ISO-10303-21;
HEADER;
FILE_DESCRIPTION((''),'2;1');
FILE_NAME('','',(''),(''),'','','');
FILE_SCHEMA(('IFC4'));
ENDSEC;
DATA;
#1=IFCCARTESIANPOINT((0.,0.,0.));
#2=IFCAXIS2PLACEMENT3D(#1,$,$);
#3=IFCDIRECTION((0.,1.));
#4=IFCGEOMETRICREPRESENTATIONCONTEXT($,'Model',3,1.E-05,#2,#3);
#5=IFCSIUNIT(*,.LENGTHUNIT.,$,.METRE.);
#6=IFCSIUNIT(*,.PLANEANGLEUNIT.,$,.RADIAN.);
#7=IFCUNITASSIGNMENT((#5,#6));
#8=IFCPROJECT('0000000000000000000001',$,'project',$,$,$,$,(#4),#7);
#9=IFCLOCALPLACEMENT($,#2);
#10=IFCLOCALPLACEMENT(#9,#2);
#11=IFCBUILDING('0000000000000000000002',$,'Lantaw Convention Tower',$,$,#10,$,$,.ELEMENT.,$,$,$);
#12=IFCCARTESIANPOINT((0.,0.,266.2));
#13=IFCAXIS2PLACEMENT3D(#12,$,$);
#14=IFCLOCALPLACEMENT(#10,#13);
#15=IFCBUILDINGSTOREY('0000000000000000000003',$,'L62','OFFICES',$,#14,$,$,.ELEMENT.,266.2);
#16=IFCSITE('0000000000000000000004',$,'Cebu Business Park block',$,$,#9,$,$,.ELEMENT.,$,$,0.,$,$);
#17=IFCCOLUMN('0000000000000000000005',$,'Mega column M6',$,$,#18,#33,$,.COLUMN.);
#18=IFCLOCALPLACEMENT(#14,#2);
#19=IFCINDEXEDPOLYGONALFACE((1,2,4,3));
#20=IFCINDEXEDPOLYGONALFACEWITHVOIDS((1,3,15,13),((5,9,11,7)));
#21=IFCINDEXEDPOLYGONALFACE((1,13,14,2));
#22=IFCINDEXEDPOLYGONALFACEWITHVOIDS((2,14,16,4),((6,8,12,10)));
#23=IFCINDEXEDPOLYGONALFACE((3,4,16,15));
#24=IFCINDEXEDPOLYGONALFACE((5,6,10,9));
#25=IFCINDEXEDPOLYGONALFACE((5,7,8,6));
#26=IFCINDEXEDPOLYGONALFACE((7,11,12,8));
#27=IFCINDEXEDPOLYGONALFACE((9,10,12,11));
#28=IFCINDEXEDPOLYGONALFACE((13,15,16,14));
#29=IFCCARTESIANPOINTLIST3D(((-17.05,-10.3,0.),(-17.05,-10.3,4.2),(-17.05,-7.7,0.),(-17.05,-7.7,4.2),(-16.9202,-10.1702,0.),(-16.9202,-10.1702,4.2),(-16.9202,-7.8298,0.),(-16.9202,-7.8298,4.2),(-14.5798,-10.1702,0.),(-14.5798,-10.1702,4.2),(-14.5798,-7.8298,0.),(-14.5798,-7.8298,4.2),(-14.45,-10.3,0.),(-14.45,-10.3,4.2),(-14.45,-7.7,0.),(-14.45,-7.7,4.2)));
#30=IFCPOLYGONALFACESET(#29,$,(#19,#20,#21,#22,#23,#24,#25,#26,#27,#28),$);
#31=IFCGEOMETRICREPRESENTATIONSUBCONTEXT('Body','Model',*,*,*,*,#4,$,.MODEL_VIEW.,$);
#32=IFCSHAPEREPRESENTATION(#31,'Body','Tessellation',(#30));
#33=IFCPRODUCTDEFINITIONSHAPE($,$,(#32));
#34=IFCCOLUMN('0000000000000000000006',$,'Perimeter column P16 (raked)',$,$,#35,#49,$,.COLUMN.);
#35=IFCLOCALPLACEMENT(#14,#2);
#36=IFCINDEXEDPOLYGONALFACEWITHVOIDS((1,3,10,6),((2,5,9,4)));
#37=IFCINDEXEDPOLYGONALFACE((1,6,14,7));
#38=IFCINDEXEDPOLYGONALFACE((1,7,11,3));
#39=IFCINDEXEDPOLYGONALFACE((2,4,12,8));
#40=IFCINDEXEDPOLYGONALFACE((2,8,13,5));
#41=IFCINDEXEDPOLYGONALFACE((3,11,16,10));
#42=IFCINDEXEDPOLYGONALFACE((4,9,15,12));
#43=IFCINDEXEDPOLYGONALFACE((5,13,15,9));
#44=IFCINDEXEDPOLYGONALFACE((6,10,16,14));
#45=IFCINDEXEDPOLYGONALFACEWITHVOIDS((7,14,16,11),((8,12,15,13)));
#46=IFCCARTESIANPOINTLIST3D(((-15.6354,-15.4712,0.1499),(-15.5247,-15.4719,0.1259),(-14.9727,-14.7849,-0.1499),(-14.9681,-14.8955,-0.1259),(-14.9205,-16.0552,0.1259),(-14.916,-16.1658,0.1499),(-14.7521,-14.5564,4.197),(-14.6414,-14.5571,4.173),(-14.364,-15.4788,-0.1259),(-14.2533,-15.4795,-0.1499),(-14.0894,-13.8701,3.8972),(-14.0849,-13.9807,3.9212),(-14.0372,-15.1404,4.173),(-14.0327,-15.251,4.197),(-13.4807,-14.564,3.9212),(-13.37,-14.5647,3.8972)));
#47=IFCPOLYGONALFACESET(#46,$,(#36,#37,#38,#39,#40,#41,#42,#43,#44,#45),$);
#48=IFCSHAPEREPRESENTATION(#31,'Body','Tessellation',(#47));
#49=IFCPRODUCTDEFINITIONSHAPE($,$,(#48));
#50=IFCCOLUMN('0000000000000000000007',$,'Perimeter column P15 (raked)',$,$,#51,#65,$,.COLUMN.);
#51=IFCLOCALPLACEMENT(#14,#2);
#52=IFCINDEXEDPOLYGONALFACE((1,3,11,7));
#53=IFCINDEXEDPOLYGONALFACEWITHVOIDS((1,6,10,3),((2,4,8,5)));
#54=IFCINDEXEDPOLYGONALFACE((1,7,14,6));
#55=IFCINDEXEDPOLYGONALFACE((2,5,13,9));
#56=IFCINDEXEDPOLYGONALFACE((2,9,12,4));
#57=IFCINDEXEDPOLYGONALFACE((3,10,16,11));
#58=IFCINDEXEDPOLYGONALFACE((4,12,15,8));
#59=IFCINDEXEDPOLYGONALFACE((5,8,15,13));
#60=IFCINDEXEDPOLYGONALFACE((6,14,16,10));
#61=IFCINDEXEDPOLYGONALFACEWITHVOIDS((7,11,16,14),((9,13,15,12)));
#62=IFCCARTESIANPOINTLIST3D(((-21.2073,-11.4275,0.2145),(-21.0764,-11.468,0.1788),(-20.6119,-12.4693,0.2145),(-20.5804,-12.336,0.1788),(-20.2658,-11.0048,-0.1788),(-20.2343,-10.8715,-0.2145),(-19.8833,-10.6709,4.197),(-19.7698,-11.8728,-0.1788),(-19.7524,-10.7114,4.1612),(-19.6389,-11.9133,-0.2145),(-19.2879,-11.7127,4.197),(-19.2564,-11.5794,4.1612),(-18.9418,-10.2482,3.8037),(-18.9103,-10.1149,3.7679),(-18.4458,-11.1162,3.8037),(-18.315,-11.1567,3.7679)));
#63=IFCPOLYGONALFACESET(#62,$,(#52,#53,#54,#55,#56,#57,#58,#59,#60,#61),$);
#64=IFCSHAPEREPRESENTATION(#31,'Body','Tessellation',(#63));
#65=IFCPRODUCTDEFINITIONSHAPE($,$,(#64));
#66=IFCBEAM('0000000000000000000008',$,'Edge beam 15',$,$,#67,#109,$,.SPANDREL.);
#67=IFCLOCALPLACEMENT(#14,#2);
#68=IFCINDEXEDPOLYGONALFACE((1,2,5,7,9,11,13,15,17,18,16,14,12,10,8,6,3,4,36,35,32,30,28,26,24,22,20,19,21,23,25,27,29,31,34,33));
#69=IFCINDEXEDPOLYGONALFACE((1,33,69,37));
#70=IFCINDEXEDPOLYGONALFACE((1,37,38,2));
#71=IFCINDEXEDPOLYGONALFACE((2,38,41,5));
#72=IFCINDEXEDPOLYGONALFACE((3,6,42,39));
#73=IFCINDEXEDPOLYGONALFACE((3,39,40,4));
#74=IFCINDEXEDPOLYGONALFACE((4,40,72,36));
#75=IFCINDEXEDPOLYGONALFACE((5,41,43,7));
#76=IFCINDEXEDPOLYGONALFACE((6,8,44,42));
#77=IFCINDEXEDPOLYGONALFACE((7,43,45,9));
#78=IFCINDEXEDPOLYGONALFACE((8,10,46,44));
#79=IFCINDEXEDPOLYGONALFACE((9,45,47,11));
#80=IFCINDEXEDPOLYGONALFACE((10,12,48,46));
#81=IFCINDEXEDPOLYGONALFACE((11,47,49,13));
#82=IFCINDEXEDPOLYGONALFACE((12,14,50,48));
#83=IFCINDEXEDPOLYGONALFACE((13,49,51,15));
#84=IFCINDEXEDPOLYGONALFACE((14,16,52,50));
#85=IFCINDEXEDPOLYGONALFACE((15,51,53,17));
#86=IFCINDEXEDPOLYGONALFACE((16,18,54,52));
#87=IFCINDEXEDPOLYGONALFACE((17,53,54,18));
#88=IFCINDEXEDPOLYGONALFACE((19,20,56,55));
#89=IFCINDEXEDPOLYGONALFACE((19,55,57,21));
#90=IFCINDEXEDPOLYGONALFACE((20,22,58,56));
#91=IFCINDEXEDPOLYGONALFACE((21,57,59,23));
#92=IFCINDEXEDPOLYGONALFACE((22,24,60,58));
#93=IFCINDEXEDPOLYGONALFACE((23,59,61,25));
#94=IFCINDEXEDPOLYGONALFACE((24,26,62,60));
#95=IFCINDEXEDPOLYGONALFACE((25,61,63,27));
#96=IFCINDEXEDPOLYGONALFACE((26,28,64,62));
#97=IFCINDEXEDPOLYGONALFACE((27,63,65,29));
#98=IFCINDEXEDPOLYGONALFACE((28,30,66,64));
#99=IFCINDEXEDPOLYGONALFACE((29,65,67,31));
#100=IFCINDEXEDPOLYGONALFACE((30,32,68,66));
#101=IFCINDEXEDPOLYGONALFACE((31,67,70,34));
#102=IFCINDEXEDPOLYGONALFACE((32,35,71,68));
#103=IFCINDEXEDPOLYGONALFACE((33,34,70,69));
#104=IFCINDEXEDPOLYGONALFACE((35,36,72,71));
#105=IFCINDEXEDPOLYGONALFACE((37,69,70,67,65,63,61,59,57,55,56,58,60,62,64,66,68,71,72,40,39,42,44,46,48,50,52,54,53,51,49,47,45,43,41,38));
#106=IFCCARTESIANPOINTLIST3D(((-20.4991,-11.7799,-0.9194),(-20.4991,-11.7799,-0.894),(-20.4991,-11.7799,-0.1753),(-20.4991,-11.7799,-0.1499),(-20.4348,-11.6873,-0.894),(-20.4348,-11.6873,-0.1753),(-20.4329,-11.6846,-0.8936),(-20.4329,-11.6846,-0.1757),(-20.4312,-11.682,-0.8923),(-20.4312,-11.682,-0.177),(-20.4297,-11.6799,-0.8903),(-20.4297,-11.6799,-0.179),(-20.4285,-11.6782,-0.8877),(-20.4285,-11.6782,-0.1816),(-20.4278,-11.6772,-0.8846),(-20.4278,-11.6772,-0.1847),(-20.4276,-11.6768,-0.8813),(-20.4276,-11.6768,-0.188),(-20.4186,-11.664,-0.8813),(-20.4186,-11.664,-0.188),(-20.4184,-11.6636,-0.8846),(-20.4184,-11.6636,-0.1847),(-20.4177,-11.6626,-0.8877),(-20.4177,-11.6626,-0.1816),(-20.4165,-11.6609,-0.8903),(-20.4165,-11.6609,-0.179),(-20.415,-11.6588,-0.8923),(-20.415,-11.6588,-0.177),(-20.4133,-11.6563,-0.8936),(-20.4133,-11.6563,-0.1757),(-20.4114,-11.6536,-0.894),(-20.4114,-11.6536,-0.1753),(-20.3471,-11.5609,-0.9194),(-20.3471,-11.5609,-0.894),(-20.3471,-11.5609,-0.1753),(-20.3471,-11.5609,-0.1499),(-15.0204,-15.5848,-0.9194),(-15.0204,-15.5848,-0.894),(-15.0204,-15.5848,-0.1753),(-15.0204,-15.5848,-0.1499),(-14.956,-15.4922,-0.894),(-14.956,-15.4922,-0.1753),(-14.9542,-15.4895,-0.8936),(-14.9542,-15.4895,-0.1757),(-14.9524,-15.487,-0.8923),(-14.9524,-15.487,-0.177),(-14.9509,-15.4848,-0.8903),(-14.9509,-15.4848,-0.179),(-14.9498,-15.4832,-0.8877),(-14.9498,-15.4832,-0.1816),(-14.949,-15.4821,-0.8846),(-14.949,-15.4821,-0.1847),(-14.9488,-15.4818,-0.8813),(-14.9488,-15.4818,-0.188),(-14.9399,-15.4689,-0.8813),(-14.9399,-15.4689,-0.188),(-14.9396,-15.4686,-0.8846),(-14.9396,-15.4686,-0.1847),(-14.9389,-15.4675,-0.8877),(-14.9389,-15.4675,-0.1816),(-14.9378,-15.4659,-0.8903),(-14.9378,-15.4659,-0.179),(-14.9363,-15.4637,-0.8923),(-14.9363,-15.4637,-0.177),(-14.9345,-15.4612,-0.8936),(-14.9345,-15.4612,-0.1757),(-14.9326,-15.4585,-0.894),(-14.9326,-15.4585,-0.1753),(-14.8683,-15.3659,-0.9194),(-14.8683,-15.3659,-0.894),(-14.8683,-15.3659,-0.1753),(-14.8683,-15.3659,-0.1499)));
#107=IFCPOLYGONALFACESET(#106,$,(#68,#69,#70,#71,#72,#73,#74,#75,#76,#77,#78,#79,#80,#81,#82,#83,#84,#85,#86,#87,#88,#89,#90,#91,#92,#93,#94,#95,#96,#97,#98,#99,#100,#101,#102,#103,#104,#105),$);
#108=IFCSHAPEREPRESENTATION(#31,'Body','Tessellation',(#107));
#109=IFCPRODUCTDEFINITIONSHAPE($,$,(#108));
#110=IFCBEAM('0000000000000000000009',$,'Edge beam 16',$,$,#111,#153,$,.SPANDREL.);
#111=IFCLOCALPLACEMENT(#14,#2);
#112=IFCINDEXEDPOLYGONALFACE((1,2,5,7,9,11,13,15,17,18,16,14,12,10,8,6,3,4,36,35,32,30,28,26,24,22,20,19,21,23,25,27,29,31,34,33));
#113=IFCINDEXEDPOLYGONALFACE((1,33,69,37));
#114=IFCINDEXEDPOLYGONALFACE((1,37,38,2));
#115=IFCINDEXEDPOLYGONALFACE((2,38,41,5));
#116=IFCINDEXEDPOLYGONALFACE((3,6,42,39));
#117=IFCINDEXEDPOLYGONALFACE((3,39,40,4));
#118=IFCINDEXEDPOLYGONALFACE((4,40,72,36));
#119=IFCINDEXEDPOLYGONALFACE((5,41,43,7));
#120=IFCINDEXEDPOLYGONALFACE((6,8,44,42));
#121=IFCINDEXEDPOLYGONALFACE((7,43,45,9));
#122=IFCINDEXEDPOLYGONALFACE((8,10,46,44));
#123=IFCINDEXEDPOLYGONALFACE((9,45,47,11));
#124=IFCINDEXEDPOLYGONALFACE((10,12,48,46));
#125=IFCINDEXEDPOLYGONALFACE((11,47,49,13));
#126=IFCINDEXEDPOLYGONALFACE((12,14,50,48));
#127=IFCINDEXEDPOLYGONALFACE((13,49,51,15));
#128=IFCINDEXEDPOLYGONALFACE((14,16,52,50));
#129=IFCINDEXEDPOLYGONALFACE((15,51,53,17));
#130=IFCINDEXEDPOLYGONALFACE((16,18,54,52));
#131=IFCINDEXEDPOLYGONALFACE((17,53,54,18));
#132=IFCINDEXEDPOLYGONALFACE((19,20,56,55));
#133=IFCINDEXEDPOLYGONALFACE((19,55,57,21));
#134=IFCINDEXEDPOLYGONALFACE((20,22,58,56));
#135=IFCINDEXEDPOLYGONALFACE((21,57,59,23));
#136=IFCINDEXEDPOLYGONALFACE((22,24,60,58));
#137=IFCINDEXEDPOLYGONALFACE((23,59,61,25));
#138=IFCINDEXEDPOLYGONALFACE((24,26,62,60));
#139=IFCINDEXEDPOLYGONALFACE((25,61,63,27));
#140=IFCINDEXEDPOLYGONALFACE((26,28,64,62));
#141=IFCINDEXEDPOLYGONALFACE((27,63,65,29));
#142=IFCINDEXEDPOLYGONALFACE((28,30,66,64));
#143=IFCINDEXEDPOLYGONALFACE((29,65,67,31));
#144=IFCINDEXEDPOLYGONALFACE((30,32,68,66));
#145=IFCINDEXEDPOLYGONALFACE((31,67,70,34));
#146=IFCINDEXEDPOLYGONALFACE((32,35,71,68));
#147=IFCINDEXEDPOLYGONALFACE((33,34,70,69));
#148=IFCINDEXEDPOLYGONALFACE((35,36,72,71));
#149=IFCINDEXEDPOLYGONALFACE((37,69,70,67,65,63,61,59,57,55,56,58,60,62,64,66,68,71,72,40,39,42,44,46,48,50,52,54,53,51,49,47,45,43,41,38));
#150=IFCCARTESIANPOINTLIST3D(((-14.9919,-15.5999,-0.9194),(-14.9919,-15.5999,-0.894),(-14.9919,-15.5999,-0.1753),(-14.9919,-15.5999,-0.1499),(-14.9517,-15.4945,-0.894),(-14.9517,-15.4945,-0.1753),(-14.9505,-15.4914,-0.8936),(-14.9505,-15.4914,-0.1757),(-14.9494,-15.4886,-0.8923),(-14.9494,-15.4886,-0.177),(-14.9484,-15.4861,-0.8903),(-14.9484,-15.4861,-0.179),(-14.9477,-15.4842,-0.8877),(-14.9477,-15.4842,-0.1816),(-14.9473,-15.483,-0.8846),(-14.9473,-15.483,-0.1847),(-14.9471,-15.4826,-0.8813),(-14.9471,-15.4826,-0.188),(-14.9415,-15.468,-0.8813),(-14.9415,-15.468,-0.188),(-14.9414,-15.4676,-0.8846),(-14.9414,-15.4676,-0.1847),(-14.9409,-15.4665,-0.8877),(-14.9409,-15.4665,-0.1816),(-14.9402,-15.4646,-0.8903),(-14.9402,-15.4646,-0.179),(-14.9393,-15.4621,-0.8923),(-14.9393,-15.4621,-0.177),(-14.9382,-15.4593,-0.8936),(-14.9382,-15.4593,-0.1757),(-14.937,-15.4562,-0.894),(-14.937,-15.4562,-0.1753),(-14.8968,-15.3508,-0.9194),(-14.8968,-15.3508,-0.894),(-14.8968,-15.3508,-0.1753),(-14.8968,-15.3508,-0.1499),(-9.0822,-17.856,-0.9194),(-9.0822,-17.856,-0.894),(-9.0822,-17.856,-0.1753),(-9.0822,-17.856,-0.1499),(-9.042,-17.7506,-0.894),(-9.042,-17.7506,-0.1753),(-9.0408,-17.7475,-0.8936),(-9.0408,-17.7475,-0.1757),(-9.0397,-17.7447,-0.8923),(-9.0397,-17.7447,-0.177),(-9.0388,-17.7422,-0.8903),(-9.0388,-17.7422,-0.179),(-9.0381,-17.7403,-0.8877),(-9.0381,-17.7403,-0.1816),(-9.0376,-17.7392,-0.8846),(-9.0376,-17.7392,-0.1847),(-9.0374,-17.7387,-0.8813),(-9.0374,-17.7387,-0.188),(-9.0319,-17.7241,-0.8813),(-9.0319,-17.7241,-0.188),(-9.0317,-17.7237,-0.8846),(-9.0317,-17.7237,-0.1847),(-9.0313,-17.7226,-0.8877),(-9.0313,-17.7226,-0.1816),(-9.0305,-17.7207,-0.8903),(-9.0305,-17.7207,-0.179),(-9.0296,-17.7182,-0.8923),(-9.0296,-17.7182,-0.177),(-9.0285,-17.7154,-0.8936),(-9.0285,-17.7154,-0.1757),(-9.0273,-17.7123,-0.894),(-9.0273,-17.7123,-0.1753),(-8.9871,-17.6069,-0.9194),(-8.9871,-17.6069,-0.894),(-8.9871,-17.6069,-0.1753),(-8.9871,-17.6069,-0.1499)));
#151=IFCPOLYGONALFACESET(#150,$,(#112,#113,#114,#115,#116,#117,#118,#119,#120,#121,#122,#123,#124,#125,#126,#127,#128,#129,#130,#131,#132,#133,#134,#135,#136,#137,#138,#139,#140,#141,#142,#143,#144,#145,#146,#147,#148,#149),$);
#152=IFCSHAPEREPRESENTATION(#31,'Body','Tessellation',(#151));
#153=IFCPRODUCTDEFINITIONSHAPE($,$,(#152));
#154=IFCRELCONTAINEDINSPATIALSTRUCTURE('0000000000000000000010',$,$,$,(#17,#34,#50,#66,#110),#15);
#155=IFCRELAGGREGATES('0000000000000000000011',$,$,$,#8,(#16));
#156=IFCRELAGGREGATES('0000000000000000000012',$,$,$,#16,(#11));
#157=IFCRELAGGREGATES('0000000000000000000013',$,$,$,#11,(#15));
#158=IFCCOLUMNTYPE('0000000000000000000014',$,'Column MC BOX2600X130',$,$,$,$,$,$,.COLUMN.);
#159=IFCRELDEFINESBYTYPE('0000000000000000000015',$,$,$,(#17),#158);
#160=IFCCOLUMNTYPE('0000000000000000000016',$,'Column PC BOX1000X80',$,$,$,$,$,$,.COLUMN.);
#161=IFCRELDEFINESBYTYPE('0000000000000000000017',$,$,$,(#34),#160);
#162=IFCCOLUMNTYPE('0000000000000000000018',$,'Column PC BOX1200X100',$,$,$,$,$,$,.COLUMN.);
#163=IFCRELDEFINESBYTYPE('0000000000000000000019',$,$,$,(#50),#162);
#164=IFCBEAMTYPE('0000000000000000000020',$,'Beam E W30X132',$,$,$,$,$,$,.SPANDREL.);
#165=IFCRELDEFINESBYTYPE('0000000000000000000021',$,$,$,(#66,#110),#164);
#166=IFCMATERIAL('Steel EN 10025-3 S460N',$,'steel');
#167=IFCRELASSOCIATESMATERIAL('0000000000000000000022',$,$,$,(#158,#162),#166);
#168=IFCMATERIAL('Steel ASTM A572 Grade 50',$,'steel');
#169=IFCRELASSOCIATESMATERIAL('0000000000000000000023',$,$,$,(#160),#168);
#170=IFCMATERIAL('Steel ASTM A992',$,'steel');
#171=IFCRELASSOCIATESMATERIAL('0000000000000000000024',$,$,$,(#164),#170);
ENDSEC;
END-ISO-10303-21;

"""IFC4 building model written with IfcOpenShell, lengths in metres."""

from ifc_helpers import new_model, si_unit, direction, frame, origin, origin_2d, place, context, subcontext, project, spatial, rectangle, hollow_rectangle, i_section, extrude, material, material_profile, profile_set, type_object, element, save


model = new_model("IFC4")

# Units and contexts
model_context = context("Model", 3, precision=1e-05, world=origin(), true_north=direction((0.0, 1.0)))
body_context = subcontext(model_context, "Body", "Model", "MODEL_VIEW")
ifc_project = project(units=[si_unit("LENGTHUNIT", "METRE"), si_unit("PLANEANGLEUNIT", "RADIAN")], contexts=[model_context])

# Site, building, storey
site_placement = place(None, origin())
site = spatial("IfcSite", under=ifc_project, at=site_placement, Name="Cebu Business Park block", CompositionType="ELEMENT", RefElevation=0.0)
building_placement = place(site_placement, origin())
building = spatial("IfcBuilding", under=site, at=building_placement, Name="Lantaw Convention Tower", CompositionType="ELEMENT")
storey_placement = place(building_placement, frame((0.0, 0.0, 266.2)))
storey = spatial("IfcBuildingStorey", under=building, at=storey_placement, Name="L62", Description="OFFICES", CompositionType="ELEMENT", Elevation=266.2)

# Columns
ifc_material_1 = material(Name="Steel EN 10025-3 S460N", Category="steel")
ifc_material_profile_1 = material_profile(ifc_material_1, hollow_rectangle(XDim=2.6001, YDim=2.6001, WallThickness=0.1299, at=origin_2d()), Name="BOX2600X130")
ifc_material_2 = material(Name="Concrete C60/75", Category="concrete")
ifc_material_profile_2 = material_profile(ifc_material_2, rectangle(XDim=2.3401, YDim=2.3401, at=origin_2d()), Name="Concrete fill of BOX2600X130")
ifc_profile_set_1 = profile_set([ifc_material_profile_1, ifc_material_profile_2], Name="Steel EN 10025-3 S460N")
column_type_1 = type_object("IfcColumnType", Name="Column MC BOX2600X130", PredefinedType="COLUMN", material=ifc_profile_set_1)
column_1_placement = place(storey_placement, frame((-15.75, -9.0, 0.0), z_axis=(0.0, 0.0, 1.0), x_axis=(1.0, 0.0, 0.0)))
element("IfcColumn", 1, at=column_1_placement, inside=storey, type_object=column_type_1, Name="Mega column M6", PredefinedType="COLUMN", context=body_context, shape_type="SweptSolid", body=[
    extrude(hollow_rectangle(XDim=2.6001, YDim=2.6001, WallThickness=0.1299, at=origin_2d()), origin(), (0.0, 0.0, 1.0), 4.2),
])
ifc_material_3 = material(Name="Steel ASTM A572 Grade 50", Category="steel")
ifc_material_profile_3 = material_profile(ifc_material_3, hollow_rectangle(XDim=1.0, YDim=1.0, WallThickness=0.0801, at=origin_2d()), Name="BOX1000X80")
ifc_material_profile_4 = material_profile(ifc_material_2, rectangle(XDim=0.8401, YDim=0.8401, at=origin_2d()), Name="Concrete fill of BOX1000X80")
ifc_profile_set_2 = profile_set([ifc_material_profile_3, ifc_material_profile_4], Name="Steel ASTM A572 Grade 50")
column_type_2 = type_object("IfcColumnType", Name="Column PC BOX1000X80", PredefinedType="COLUMN", material=ifc_profile_set_2)
column_2_placement = place(storey_placement, frame((-14.9443, -15.4753, 0.0), z_axis=(0.208218, 0.215642, 0.954015), x_axis=(-0.719382, 0.694615, 0.0)))
element("IfcColumn", 2, at=column_2_placement, inside=storey, type_object=column_type_2, Name="Perimeter column P16 (raked)", PredefinedType="COLUMN", context=body_context, shape_type="SweptSolid", body=[
    extrude(hollow_rectangle(XDim=1.0, YDim=1.0, WallThickness=0.0801, at=origin_2d()), origin(), (0.0, 0.0, 1.0), 4.2422),
])
ifc_material_profile_5 = material_profile(ifc_material_1, hollow_rectangle(XDim=1.2, YDim=1.2, WallThickness=0.1001, at=origin_2d()), Name="BOX1200X100")
ifc_material_profile_6 = material_profile(ifc_material_2, rectangle(XDim=1.0, YDim=1.0, at=origin_2d()), Name="Concrete fill of BOX1200X100")
ifc_profile_set_3 = profile_set([ifc_material_profile_5, ifc_material_profile_6], Name="Steel EN 10025-3 S460N")
column_type_3 = type_object("IfcColumnType", Name="Column PC BOX1200X100", PredefinedType="COLUMN", material=ifc_profile_set_3)
column_3_placement = place(storey_placement, frame((-20.4231, -11.6704, 0.0), z_axis=(0.310472, 0.177421, 0.933878), x_axis=(-0.496156, 0.868233, 0.0)))
element("IfcColumn", 3, at=column_3_placement, inside=storey, type_object=column_type_3, Name="Perimeter column P15 (raked)", PredefinedType="COLUMN", context=body_context, shape_type="SweptSolid", body=[
    extrude(hollow_rectangle(XDim=1.2, YDim=1.2, WallThickness=0.1001, at=origin_2d()), origin(), (0.0, 0.0, 1.0), 4.2644),
])

# Beams
ifc_material_4 = material(Name="Steel ASTM A992", Category="steel")
ifc_material_profile_7 = material_profile(ifc_material_4, i_section(OverallWidth=0.2666, OverallDepth=0.7695, WebThickness=0.0156, FlangeThickness=0.0254, FilletRadius=0.0127, at=origin_2d()), Name="W30X132")
ifc_profile_set_4 = profile_set([ifc_material_profile_7], Name="Steel ASTM A992")
beam_type_1 = type_object("IfcBeamType", Name="Beam E W30X132", PredefinedType="SPANDREL", material=ifc_profile_set_4)
beam_1_placement = place(storey_placement, frame((-20.4231, -11.6704, -0.5347), z_axis=(0.821353, -0.57042, 0.0), x_axis=(0.57042, 0.821353, 0.0)))
element("IfcBeam", 4, at=beam_1_placement, inside=storey, type_object=beam_type_1, Name="Edge beam 15", PredefinedType="SPANDREL", context=body_context, shape_type="SweptSolid", body=[
    extrude(i_section(OverallWidth=0.2666, OverallDepth=0.7695, WebThickness=0.0156, FlangeThickness=0.0254, FilletRadius=0.0127, at=origin_2d()), origin(), (0.0, 0.0, 1.0), 6.6704),
])
beam_2_placement = place(storey_placement, frame((-14.9443, -15.4753, -0.5347), z_axis=(0.934235, -0.356658, 0.0), x_axis=(0.356658, 0.934235, 0.0)))
element("IfcBeam", 5, at=beam_2_placement, inside=storey, type_object=beam_type_1, Name="Edge beam 16", PredefinedType="SPANDREL", context=body_context, shape_type="SweptSolid", body=[
    extrude(i_section(OverallWidth=0.2666, OverallDepth=0.7695, WebThickness=0.0156, FlangeThickness=0.0254, FilletRadius=0.0127, at=origin_2d()), origin(), (0.0, 0.0, 1.0), 6.3257),
])

save(model, "model.ifc")
